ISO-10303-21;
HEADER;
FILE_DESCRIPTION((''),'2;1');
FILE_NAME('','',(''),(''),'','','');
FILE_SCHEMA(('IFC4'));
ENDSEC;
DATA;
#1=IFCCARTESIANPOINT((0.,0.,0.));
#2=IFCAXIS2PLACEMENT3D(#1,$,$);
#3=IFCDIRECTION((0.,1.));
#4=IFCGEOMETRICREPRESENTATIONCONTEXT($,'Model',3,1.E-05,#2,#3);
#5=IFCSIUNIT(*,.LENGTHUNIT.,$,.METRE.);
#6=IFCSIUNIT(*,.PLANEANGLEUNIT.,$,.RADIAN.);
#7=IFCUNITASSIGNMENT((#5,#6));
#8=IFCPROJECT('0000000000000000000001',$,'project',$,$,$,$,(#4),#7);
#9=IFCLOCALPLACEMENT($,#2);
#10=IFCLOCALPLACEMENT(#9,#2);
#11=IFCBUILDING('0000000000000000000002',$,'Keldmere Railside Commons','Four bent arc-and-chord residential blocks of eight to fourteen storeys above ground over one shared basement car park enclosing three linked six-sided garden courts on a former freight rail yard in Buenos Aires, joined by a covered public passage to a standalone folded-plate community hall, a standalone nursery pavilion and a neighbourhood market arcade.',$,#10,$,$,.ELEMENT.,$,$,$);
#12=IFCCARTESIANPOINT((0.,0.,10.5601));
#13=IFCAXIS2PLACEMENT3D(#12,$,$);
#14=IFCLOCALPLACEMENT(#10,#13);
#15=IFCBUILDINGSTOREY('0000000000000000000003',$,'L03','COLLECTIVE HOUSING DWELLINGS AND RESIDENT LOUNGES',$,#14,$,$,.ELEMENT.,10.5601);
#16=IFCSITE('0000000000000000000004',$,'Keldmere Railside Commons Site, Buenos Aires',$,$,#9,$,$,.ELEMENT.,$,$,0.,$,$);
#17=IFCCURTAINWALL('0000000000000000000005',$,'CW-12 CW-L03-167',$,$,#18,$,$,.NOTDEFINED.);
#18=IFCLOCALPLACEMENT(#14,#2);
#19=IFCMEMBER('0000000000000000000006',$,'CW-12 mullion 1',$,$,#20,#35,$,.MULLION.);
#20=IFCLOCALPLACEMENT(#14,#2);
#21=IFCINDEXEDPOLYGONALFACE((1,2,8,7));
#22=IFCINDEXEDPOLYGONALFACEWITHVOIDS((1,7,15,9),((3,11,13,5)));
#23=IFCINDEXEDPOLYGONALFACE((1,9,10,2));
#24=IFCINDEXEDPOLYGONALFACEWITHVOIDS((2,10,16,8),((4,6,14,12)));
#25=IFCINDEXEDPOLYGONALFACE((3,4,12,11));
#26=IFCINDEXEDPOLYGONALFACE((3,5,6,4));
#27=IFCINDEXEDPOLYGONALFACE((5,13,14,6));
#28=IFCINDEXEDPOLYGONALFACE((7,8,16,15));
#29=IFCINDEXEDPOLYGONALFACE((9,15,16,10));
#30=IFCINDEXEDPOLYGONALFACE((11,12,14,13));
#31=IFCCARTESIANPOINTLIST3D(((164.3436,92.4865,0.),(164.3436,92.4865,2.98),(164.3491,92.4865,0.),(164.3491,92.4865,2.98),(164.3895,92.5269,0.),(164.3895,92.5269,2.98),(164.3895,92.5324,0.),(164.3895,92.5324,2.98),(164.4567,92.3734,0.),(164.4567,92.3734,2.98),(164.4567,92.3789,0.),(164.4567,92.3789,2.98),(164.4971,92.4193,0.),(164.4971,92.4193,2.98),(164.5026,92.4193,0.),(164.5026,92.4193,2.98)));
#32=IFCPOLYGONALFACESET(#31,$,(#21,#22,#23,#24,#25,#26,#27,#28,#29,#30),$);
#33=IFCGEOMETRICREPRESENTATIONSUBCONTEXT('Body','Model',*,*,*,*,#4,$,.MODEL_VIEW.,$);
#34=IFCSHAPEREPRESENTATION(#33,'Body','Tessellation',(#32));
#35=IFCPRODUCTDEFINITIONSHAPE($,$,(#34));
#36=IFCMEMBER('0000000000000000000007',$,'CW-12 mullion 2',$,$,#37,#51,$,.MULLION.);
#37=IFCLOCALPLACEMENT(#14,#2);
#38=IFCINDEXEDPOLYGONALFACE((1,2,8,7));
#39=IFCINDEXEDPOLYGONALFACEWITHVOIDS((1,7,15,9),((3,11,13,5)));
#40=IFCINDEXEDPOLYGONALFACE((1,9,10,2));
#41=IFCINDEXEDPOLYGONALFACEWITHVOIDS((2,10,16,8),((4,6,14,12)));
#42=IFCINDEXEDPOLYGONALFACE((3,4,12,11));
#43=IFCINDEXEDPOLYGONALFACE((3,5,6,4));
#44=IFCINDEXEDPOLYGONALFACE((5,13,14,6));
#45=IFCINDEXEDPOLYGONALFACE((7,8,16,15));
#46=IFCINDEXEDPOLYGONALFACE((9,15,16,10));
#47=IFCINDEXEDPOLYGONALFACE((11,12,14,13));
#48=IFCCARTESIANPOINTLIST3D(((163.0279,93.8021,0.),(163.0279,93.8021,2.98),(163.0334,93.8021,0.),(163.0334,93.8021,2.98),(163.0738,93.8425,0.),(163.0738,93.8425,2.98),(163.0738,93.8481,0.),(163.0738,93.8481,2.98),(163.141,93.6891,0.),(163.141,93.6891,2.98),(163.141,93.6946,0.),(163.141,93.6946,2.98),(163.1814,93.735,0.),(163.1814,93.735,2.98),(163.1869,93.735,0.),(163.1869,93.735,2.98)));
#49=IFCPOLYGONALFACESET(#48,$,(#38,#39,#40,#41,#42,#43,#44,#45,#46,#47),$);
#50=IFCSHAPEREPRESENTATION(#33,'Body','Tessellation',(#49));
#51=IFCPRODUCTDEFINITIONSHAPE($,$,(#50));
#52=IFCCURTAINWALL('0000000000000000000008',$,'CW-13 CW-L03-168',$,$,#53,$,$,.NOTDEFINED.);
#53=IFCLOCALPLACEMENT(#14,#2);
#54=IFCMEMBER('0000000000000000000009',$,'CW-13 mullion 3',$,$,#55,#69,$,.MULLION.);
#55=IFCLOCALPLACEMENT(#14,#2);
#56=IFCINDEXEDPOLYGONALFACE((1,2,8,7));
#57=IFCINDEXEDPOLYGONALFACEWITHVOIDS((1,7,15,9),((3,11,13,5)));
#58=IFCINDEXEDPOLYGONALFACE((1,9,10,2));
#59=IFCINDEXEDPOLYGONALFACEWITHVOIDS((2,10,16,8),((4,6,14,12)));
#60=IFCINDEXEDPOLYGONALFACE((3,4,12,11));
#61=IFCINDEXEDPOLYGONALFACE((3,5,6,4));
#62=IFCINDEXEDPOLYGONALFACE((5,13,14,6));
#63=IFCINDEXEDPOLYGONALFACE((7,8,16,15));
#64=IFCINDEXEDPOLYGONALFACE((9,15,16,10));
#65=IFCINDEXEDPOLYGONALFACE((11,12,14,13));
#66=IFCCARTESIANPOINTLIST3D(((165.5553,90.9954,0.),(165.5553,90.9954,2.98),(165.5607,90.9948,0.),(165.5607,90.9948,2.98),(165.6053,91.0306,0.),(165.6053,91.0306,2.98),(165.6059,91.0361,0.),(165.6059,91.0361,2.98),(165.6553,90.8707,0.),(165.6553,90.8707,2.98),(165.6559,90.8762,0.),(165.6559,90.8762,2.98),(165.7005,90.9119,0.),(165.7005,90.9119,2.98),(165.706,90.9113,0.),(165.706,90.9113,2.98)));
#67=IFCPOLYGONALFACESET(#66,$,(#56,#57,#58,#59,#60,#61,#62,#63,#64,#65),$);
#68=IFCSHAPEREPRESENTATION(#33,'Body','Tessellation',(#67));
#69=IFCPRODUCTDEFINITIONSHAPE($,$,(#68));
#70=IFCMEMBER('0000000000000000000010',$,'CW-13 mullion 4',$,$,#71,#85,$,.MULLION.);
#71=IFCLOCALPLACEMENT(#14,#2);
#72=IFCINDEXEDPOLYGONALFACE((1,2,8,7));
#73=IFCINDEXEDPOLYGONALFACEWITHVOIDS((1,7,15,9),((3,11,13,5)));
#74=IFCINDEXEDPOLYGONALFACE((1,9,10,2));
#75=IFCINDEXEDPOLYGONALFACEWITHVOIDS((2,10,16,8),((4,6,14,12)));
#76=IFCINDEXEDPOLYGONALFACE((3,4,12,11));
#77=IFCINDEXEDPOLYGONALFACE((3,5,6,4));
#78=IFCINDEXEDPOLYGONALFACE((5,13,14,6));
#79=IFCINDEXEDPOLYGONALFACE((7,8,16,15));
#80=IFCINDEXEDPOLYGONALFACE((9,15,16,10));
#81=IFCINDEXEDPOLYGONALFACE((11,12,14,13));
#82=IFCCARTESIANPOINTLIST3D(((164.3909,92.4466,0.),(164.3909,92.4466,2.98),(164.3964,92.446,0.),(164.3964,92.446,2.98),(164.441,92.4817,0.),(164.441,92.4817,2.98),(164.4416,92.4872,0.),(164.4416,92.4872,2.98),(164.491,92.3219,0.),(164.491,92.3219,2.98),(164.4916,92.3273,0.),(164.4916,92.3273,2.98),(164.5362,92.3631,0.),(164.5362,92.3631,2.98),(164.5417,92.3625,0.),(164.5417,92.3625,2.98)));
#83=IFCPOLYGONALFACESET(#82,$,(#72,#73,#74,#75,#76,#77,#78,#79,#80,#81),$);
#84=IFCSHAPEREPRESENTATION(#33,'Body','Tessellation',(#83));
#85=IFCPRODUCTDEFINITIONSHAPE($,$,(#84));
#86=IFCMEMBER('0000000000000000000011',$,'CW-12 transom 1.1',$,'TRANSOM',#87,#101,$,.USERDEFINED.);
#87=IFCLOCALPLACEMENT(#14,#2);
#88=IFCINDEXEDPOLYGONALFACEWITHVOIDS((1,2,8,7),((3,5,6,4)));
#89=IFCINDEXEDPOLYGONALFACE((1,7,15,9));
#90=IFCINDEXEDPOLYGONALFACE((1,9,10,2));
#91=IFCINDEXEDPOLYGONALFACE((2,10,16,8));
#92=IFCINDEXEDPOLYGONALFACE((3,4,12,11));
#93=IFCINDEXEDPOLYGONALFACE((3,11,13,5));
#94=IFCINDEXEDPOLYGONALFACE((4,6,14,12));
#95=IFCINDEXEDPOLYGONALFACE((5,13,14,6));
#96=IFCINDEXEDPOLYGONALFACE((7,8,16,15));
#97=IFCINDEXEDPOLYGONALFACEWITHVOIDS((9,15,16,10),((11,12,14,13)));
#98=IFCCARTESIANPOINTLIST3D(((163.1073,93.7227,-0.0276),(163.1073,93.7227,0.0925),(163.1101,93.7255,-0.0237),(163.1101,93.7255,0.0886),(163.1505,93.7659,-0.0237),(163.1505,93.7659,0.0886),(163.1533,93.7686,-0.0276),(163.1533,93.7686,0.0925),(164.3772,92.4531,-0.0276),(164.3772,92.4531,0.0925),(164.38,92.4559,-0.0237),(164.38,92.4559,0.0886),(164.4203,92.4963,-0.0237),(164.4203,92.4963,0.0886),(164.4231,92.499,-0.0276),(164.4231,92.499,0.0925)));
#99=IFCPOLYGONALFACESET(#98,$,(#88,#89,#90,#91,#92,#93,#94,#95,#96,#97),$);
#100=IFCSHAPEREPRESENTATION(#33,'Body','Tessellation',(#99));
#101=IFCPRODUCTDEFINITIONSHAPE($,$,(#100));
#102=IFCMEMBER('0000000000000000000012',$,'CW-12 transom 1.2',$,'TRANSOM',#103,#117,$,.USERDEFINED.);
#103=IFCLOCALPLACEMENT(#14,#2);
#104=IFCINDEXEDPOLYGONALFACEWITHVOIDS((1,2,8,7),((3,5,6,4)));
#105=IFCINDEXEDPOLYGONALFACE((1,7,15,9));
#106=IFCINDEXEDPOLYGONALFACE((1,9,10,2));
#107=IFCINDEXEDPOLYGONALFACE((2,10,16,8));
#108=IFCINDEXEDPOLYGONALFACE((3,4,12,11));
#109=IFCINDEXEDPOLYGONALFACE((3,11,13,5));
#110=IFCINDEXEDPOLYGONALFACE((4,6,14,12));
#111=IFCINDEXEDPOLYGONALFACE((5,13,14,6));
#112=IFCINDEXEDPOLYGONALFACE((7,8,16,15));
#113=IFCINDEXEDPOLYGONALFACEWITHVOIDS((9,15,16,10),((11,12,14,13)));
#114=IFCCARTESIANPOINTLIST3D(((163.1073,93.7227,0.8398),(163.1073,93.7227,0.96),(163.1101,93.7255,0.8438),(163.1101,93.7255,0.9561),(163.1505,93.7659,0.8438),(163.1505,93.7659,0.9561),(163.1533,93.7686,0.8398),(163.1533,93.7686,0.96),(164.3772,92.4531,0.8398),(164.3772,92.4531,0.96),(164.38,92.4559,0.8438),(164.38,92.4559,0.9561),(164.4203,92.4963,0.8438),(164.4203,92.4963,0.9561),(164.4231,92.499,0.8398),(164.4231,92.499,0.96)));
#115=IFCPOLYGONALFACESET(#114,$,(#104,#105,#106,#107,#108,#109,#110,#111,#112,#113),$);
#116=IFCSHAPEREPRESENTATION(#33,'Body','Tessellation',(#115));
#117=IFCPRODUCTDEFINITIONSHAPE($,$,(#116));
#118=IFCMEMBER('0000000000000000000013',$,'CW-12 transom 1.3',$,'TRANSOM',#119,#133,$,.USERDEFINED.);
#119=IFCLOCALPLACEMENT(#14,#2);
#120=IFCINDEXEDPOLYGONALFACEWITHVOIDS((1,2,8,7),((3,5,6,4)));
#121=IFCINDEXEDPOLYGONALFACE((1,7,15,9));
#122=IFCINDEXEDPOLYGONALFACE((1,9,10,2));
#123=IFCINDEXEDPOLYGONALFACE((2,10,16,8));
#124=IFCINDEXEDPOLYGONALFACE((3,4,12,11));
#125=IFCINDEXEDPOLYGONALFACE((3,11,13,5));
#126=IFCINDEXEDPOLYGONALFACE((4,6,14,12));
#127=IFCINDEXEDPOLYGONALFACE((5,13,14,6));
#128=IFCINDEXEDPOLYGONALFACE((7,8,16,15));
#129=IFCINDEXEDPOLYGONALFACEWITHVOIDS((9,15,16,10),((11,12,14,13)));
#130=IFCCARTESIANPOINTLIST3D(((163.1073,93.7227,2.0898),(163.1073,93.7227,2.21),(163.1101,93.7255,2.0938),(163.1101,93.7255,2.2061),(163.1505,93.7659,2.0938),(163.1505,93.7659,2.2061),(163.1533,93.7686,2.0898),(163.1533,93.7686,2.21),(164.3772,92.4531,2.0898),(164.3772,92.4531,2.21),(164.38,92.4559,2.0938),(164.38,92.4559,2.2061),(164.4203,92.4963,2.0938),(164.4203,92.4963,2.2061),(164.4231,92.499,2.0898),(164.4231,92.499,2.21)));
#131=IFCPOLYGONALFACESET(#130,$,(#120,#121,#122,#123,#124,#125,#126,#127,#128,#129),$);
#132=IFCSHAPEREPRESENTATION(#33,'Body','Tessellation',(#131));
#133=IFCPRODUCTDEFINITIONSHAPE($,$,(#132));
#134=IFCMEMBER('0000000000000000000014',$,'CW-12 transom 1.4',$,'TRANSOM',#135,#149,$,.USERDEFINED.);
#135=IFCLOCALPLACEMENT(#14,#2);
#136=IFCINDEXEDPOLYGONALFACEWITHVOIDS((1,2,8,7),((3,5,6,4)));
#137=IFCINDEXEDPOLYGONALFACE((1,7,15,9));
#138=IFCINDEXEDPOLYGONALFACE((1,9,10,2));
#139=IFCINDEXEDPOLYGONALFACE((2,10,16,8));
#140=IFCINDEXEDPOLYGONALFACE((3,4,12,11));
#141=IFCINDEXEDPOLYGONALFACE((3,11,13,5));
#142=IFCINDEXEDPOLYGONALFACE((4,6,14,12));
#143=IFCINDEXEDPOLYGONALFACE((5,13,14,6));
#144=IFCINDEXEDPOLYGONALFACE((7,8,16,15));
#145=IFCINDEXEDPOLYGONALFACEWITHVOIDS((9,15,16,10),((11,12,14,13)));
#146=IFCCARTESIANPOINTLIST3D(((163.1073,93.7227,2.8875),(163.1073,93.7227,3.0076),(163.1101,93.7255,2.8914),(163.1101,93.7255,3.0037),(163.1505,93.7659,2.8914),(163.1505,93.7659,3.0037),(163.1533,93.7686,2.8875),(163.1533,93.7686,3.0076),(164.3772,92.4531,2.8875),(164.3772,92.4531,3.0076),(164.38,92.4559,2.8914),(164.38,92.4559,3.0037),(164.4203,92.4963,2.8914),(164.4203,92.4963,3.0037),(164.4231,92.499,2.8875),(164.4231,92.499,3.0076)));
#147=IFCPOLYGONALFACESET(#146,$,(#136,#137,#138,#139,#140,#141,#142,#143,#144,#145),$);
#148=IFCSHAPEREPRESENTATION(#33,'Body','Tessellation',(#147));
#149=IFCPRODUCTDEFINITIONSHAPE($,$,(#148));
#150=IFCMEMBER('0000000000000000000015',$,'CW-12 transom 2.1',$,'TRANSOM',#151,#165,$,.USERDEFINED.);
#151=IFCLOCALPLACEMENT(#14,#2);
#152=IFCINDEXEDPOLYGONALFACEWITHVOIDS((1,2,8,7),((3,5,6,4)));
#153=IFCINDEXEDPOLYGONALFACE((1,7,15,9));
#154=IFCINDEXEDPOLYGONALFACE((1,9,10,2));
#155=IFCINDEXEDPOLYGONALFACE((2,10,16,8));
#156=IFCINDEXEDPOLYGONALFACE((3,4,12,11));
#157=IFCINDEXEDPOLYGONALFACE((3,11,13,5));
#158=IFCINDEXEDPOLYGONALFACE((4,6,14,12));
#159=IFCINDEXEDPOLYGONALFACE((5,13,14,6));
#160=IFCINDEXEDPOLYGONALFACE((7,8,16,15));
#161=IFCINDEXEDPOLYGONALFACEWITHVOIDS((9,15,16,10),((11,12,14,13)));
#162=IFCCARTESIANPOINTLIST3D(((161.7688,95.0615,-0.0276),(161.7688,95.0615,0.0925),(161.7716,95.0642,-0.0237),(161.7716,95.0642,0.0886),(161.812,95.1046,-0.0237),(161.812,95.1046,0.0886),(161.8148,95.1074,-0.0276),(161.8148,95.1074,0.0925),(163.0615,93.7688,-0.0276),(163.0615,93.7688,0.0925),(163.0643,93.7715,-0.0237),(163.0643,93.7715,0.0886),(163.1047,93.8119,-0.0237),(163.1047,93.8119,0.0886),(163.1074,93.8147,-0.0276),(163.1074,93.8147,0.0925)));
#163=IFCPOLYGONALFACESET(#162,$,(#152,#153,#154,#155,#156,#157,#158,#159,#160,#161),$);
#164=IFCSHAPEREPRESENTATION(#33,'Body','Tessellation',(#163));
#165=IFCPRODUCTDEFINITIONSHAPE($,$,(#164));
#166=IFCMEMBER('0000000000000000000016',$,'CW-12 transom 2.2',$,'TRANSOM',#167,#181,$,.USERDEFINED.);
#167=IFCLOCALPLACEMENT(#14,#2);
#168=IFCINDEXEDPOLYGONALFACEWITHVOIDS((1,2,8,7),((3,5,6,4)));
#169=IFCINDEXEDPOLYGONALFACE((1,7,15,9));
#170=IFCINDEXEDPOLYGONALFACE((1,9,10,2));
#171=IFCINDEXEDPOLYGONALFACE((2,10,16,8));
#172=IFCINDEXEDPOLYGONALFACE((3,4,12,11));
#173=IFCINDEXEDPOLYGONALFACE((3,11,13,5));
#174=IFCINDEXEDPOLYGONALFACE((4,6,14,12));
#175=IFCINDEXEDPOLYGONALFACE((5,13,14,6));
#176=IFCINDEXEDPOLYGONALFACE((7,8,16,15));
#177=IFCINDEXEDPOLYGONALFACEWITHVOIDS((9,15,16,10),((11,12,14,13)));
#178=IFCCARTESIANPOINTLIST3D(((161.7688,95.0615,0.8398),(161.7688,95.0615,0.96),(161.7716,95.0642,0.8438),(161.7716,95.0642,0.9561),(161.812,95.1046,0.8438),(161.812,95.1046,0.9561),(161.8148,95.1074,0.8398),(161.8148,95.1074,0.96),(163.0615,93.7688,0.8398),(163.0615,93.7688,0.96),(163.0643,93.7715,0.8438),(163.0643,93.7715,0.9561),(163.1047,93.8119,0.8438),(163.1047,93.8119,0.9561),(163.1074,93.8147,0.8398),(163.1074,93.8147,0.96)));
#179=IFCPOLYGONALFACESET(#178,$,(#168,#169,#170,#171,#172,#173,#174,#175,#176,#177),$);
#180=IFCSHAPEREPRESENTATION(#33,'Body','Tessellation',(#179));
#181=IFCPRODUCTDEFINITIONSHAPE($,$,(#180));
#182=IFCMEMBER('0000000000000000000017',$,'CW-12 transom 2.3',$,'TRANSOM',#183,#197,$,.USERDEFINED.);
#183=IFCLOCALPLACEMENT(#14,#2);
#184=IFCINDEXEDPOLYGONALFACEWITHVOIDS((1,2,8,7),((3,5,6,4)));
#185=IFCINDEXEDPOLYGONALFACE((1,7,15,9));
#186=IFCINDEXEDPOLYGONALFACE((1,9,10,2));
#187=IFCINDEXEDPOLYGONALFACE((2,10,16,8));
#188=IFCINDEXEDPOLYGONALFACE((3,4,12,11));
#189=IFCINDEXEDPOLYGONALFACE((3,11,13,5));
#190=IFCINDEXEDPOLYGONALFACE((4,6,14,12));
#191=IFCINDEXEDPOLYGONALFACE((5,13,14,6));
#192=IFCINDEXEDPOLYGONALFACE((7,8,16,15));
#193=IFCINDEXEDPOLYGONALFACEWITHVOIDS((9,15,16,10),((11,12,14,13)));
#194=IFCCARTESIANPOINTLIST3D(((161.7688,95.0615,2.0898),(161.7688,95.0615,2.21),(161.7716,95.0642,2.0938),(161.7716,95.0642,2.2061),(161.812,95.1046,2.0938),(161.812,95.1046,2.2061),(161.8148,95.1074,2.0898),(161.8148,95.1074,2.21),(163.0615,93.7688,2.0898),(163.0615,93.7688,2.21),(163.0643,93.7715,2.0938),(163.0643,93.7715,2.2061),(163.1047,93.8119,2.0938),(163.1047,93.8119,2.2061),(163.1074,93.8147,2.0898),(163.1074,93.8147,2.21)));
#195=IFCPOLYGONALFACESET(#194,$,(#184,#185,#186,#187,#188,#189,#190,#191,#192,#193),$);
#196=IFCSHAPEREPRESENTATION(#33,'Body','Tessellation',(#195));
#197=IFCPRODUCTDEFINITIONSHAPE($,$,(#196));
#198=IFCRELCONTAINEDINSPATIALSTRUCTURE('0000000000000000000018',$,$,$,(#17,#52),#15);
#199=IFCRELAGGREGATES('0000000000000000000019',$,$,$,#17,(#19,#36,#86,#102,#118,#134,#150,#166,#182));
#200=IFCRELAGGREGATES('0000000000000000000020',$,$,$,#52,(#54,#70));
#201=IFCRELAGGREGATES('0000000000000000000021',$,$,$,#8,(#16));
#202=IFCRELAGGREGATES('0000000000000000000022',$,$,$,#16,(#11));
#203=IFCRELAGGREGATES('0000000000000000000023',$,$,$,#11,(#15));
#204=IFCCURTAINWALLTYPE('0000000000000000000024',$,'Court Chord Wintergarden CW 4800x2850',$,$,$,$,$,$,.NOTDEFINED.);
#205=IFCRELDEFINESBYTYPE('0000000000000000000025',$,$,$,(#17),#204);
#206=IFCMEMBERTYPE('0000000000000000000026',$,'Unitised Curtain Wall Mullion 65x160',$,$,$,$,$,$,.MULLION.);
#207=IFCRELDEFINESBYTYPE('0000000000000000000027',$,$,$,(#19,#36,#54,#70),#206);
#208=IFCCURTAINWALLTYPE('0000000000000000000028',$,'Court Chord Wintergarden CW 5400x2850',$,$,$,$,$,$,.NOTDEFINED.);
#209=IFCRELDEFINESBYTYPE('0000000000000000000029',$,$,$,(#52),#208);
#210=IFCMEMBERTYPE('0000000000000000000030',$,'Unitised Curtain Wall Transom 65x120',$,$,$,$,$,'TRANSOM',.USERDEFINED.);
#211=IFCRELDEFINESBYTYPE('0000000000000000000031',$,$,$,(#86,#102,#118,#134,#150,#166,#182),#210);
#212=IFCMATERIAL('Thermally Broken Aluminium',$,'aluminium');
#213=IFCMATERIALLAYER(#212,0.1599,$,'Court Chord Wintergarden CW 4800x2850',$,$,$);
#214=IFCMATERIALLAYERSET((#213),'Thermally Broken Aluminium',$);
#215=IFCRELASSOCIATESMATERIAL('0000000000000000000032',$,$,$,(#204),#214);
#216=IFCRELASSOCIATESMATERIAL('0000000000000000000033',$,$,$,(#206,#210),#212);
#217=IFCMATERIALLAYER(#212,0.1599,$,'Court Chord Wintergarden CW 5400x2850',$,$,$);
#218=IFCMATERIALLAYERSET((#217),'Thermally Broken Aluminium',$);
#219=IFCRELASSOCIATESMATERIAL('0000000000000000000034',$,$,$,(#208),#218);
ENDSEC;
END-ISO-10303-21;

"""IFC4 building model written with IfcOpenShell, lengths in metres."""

from ifc_helpers import new_model, si_unit, direction, frame, origin, origin_2d, place, context, subcontext, project, spatial, hollow_rectangle, extrude, material, layer, layer_set, material_profile, profile_set, type_object, element, aggregate, save


model = new_model("IFC4")

# Units and contexts
model_context = context("Model", 3, precision=1e-05, world=origin(), true_north=direction((0.0, 1.0)))
body_context = subcontext(model_context, "Body", "Model", "MODEL_VIEW")
ifc_project = project(units=[si_unit("LENGTHUNIT", "METRE"), si_unit("PLANEANGLEUNIT", "RADIAN")], contexts=[model_context])

# Site, building, storey
site_placement = place(None, origin())
site = spatial("IfcSite", under=ifc_project, at=site_placement, Name="Keldmere Railside Commons Site, Buenos Aires", CompositionType="ELEMENT", RefElevation=0.0)
building_placement = place(site_placement, origin())
building = spatial("IfcBuilding", under=site, at=building_placement, Name="Keldmere Railside Commons", Description="Four bent arc-and-chord residential blocks of eight to fourteen storeys above ground over one shared basement car park enclosing three linked six-sided garden courts on a former freight rail yard in Buenos Aires, joined by a covered public passage to a standalone folded-plate community hall, a standalone nursery pavilion and a neighbourhood market arcade.", CompositionType="ELEMENT")
storey_placement = place(building_placement, frame((0.0, 0.0, 10.5601)))
storey = spatial("IfcBuildingStorey", under=building, at=storey_placement, Name="L03", Description="COLLECTIVE HOUSING DWELLINGS AND RESIDENT LOUNGES", CompositionType="ELEMENT", Elevation=10.5601)

# Curtain walls, members
ifc_material_1 = material(Name="Thermally Broken Aluminium", Category="aluminium")
ifc_layer_1 = layer(ifc_material_1, 0.1599, Name="Court Chord Wintergarden CW 4800x2850")
ifc_layer_set_1 = layer_set([ifc_layer_1], Name="Thermally Broken Aluminium")
curtain_wall_type_1 = type_object("IfcCurtainWallType", Name="Court Chord Wintergarden CW 4800x2850", PredefinedType="NOTDEFINED", material=ifc_layer_set_1)
curtain_wall_1_placement = place(storey_placement, origin())
curtain_wall_1 = element("IfcCurtainWall", 1, at=curtain_wall_1_placement, inside=storey, type_object=curtain_wall_type_1, Name="CW-12 CW-L03-167", PredefinedType="NOTDEFINED")
ifc_material_profile_1 = material_profile(ifc_material_1, hollow_rectangle(XDim=0.0649, YDim=0.1599, WallThickness=0.0039, at=origin_2d()), Name="ALU-MULL-65x160")
ifc_profile_set_1 = profile_set([ifc_material_profile_1], Name="Thermally Broken Aluminium")
member_type_1 = type_object("IfcMemberType", Name="Unitised Curtain Wall Mullion 65x160", PredefinedType="MULLION", material=ifc_profile_set_1)
member_1_placement = place(storey_placement, frame((164.4231, 92.4529, 0.0), z_axis=(0.0, 0.0, 1.0), x_axis=(-0.707107, -0.707107, 0.0)))
member_1 = element("IfcMember", 2, at=member_1_placement, type_object=member_type_1, Name="CW-12 mullion 1", PredefinedType="MULLION", context=body_context, shape_type="SweptSolid", body=[
    extrude(hollow_rectangle(XDim=0.0649, YDim=0.1599, WallThickness=0.0039, at=origin_2d()), origin(), (0.0, 0.0, 1.0), 2.98),
])
member_2_placement = place(storey_placement, frame((163.1074, 93.7686, 0.0), z_axis=(0.0, 0.0, 1.0), x_axis=(-0.707107, -0.707107, 0.0)))
member_2 = element("IfcMember", 3, at=member_2_placement, type_object=member_type_1, Name="CW-12 mullion 2", PredefinedType="MULLION", context=body_context, shape_type="SweptSolid", body=[
    extrude(hollow_rectangle(XDim=0.0649, YDim=0.1599, WallThickness=0.0039, at=origin_2d()), origin(), (0.0, 0.0, 1.0), 2.98),
])
ifc_layer_2 = layer(ifc_material_1, 0.1599, Name="Court Chord Wintergarden CW 5400x2850")
ifc_layer_set_2 = layer_set([ifc_layer_2], Name="Thermally Broken Aluminium")
curtain_wall_type_2 = type_object("IfcCurtainWallType", Name="Court Chord Wintergarden CW 5400x2850", PredefinedType="NOTDEFINED", material=ifc_layer_set_2)
curtain_wall_2_placement = place(storey_placement, origin())
curtain_wall_2 = element("IfcCurtainWall", 4, at=curtain_wall_2_placement, inside=storey, type_object=curtain_wall_type_2, Name="CW-13 CW-L03-168", PredefinedType="NOTDEFINED")
member_3_placement = place(storey_placement, frame((165.6306, 90.9534, 0.0), z_axis=(0.0, 0.0, 1.0), x_axis=(-0.780009, -0.625768, 0.0)))
member_3 = element("IfcMember", 5, at=member_3_placement, type_object=member_type_1, Name="CW-13 mullion 3", PredefinedType="MULLION", context=body_context, shape_type="SweptSolid", body=[
    extrude(hollow_rectangle(XDim=0.0649, YDim=0.1599, WallThickness=0.0039, at=origin_2d()), origin(), (0.0, 0.0, 1.0), 2.98),
])
member_4_placement = place(storey_placement, frame((164.4663, 92.4045, 0.0), z_axis=(0.0, 0.0, 1.0), x_axis=(-0.780009, -0.625768, 0.0)))
member_4 = element("IfcMember", 6, at=member_4_placement, type_object=member_type_1, Name="CW-13 mullion 4", PredefinedType="MULLION", context=body_context, shape_type="SweptSolid", body=[
    extrude(hollow_rectangle(XDim=0.0649, YDim=0.1599, WallThickness=0.0039, at=origin_2d()), origin(), (0.0, 0.0, 1.0), 2.98),
])

# Members
ifc_material_profile_2 = material_profile(ifc_material_1, hollow_rectangle(XDim=0.0649, YDim=0.1201, WallThickness=0.0039, at=origin_2d()), Name="ALU-TRAN-65x120")
ifc_profile_set_2 = profile_set([ifc_material_profile_2], Name="Thermally Broken Aluminium")
member_type_2 = type_object("IfcMemberType", Name="Unitised Curtain Wall Transom 65x120", ElementType="TRANSOM", PredefinedType="USERDEFINED", material=ifc_profile_set_2)
member_5_placement = place(storey_placement, frame((164.4001, 92.4761, 0.0325), z_axis=(-0.707175, 0.707039, 0.0), x_axis=(-0.707039, -0.707175, 0.0)))
member_5 = element("IfcMember", 7, at=member_5_placement, type_object=member_type_2, Name="CW-12 transom 1.1", ObjectType="TRANSOM", PredefinedType="USERDEFINED", context=body_context, shape_type="SweptSolid", body=[
    extrude(hollow_rectangle(XDim=0.0649, YDim=0.1201, WallThickness=0.0039, at=origin_2d()), origin(), (0.0, 0.0, 1.0), 1.7957),
])
member_6_placement = place(storey_placement, frame((164.4001, 92.4761, 0.8999), z_axis=(-0.707175, 0.707039, 0.0), x_axis=(-0.707039, -0.707175, 0.0)))
member_6 = element("IfcMember", 8, at=member_6_placement, type_object=member_type_2, Name="CW-12 transom 1.2", ObjectType="TRANSOM", PredefinedType="USERDEFINED", context=body_context, shape_type="SweptSolid", body=[
    extrude(hollow_rectangle(XDim=0.0649, YDim=0.1201, WallThickness=0.0039, at=origin_2d()), origin(), (0.0, 0.0, 1.0), 1.7957),
])
member_7_placement = place(storey_placement, frame((164.4001, 92.4761, 2.1499), z_axis=(-0.707175, 0.707039, 0.0), x_axis=(-0.707039, -0.707175, 0.0)))
member_7 = element("IfcMember", 9, at=member_7_placement, type_object=member_type_2, Name="CW-12 transom 1.3", ObjectType="TRANSOM", PredefinedType="USERDEFINED", context=body_context, shape_type="SweptSolid", body=[
    extrude(hollow_rectangle(XDim=0.0649, YDim=0.1201, WallThickness=0.0039, at=origin_2d()), origin(), (0.0, 0.0, 1.0), 1.7957),
])
member_8_placement = place(storey_placement, frame((164.4001, 92.4761, 2.9475), z_axis=(-0.707175, 0.707039, 0.0), x_axis=(-0.707039, -0.707175, 0.0)))
member_8 = element("IfcMember", 10, at=member_8_placement, type_object=member_type_2, Name="CW-12 transom 1.4", ObjectType="TRANSOM", PredefinedType="USERDEFINED", context=body_context, shape_type="SweptSolid", body=[
    extrude(hollow_rectangle(XDim=0.0649, YDim=0.1201, WallThickness=0.0039, at=origin_2d()), origin(), (0.0, 0.0, 1.0), 1.7957),
])
member_9_placement = place(storey_placement, frame((163.0845, 93.7917, 0.0325), z_axis=(-0.707107, 0.707107, 0.0), x_axis=(-0.707107, -0.707107, 0.0)))
member_9 = element("IfcMember", 11, at=member_9_placement, type_object=member_type_2, Name="CW-12 transom 2.1", ObjectType="TRANSOM", PredefinedType="USERDEFINED", context=body_context, shape_type="SweptSolid", body=[
    extrude(hollow_rectangle(XDim=0.0649, YDim=0.1201, WallThickness=0.0039, at=origin_2d()), origin(), (0.0, 0.0, 1.0), 1.8281),
])
member_10_placement = place(storey_placement, frame((163.0845, 93.7917, 0.8999), z_axis=(-0.707107, 0.707107, 0.0), x_axis=(-0.707107, -0.707107, 0.0)))
member_10 = element("IfcMember", 12, at=member_10_placement, type_object=member_type_2, Name="CW-12 transom 2.2", ObjectType="TRANSOM", PredefinedType="USERDEFINED", context=body_context, shape_type="SweptSolid", body=[
    extrude(hollow_rectangle(XDim=0.0649, YDim=0.1201, WallThickness=0.0039, at=origin_2d()), origin(), (0.0, 0.0, 1.0), 1.8281),
])
member_11_placement = place(storey_placement, frame((163.0845, 93.7917, 2.1499), z_axis=(-0.707107, 0.707107, 0.0), x_axis=(-0.707107, -0.707107, 0.0)))
member_11 = element("IfcMember", 13, at=member_11_placement, type_object=member_type_2, Name="CW-12 transom 2.3", ObjectType="TRANSOM", PredefinedType="USERDEFINED", context=body_context, shape_type="SweptSolid", body=[
    extrude(hollow_rectangle(XDim=0.0649, YDim=0.1201, WallThickness=0.0039, at=origin_2d()), origin(), (0.0, 0.0, 1.0), 1.8281),
])

aggregate(curtain_wall_1, [member_1, member_2, member_5, member_6, member_7, member_8, member_9, member_10, member_11])
aggregate(curtain_wall_2, [member_3, member_4])

save(model, "model.ifc")
